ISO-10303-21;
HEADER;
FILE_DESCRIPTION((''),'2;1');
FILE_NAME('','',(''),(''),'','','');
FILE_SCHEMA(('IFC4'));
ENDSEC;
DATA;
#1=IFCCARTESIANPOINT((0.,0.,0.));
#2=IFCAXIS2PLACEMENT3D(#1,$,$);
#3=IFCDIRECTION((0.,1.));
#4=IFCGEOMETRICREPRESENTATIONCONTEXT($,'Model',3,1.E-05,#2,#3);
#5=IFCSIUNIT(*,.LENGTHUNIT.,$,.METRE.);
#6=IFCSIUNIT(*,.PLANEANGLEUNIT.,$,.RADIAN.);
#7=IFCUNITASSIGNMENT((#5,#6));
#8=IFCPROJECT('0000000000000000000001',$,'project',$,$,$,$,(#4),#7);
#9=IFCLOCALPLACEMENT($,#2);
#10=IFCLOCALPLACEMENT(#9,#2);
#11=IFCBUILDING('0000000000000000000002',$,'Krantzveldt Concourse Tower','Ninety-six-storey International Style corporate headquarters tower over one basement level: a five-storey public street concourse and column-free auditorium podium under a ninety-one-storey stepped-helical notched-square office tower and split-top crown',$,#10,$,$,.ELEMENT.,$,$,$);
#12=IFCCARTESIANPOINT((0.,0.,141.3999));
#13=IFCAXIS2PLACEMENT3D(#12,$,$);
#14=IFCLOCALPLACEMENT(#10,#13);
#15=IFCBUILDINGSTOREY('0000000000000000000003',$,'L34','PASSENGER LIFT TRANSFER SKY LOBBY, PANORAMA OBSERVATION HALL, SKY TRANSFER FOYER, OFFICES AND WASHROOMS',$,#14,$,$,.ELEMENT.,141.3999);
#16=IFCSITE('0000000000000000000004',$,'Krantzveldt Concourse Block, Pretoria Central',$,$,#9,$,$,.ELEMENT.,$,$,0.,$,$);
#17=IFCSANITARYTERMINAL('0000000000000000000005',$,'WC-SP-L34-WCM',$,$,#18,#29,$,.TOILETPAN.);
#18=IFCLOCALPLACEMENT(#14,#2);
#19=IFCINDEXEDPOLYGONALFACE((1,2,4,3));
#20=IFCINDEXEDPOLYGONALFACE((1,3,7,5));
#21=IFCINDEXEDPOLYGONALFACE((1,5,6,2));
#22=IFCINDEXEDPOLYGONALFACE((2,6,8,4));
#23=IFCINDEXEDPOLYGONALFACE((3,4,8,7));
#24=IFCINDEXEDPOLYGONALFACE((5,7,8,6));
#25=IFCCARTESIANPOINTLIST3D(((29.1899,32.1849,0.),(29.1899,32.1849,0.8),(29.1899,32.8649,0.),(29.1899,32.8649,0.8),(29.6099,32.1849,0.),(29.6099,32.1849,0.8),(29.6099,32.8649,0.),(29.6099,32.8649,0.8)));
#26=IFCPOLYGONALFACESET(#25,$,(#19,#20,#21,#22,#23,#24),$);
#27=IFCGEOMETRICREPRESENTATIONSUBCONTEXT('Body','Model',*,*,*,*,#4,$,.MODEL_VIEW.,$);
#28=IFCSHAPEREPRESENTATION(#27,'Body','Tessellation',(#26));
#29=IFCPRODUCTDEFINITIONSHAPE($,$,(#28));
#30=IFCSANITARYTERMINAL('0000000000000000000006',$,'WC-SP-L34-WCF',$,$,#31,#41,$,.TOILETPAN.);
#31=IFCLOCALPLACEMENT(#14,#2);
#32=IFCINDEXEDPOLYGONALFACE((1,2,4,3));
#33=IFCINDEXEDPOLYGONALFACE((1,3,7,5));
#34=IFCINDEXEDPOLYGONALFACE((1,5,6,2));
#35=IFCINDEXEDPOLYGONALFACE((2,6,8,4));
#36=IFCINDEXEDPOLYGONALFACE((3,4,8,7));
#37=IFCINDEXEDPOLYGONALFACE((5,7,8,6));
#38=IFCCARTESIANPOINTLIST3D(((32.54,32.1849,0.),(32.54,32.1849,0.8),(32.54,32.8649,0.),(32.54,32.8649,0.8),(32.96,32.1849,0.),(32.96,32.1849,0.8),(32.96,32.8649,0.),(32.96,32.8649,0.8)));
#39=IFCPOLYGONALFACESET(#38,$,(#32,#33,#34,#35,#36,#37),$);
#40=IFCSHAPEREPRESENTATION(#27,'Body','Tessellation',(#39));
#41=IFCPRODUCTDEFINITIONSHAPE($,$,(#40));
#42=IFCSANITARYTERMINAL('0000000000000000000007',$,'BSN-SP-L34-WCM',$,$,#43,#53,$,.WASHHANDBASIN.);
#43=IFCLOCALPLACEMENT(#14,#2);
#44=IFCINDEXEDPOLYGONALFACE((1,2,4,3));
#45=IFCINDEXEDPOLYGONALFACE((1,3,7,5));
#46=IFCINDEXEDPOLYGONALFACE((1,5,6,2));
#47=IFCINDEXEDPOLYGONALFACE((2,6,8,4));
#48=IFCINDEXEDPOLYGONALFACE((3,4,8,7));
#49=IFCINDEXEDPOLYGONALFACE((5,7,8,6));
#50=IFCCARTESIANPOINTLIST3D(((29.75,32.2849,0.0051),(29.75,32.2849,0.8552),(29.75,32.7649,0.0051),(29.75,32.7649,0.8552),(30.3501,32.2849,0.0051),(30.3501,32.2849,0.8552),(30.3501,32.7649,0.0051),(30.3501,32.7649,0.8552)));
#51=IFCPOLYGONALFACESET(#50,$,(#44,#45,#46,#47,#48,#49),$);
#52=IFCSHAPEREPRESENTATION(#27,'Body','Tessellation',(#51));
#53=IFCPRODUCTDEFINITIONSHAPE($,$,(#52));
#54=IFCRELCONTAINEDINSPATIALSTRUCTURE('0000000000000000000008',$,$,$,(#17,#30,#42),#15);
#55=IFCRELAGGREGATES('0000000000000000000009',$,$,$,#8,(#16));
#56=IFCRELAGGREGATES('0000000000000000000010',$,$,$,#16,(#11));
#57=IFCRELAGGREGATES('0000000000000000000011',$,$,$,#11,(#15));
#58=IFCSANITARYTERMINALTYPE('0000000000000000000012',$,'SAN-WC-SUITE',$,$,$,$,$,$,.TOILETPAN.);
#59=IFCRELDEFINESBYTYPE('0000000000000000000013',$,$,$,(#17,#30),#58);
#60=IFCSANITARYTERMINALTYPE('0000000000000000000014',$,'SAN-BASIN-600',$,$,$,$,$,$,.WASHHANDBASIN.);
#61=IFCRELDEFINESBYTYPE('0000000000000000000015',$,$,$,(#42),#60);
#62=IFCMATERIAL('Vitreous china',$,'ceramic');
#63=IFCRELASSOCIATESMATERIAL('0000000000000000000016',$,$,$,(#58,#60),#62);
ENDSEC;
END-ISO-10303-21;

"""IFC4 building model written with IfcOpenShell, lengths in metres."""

from ifc_helpers import new_model, si_unit, direction, frame, origin, origin_2d, place, context, subcontext, project, spatial, rectangle, extrude, source, transform, mapped, material, type_object, type_shapes, element, save


model = new_model("IFC4")

# Units and contexts
model_context = context("Model", 3, precision=1e-05, world=origin(), true_north=direction((0.0, 1.0)))
body_context = subcontext(model_context, "Body", "Model", "MODEL_VIEW")
ifc_project = project(units=[si_unit("LENGTHUNIT", "METRE"), si_unit("PLANEANGLEUNIT", "RADIAN")], contexts=[model_context])

# Site, building, storey
site_placement = place(None, origin())
site = spatial("IfcSite", under=ifc_project, at=site_placement, Name="Krantzveldt Concourse Block, Pretoria Central", CompositionType="ELEMENT", RefElevation=0.0)
building_placement = place(site_placement, origin())
building = spatial("IfcBuilding", under=site, at=building_placement, Name="Krantzveldt Concourse Tower", Description="Ninety-six-storey International Style corporate headquarters tower over one basement level: a five-storey public street concourse and column-free auditorium podium under a ninety-one-storey stepped-helical notched-square office tower and split-top crown", CompositionType="ELEMENT")
storey_placement = place(building_placement, frame((0.0, 0.0, 141.3999)))
storey = spatial("IfcBuildingStorey", under=building, at=storey_placement, Name="L34", Description="PASSENGER LIFT TRANSFER SKY LOBBY, PANORAMA OBSERVATION HALL, SKY TRANSFER FOYER, OFFICES AND WASHROOMS", CompositionType="ELEMENT", Elevation=141.3999)

# Sanitary terminals
ifc_material_1 = material(Name="Vitreous china", Category="ceramic")
sanitary_terminal_type_1 = type_object("IfcSanitaryTerminalType", Name="SAN-WC-SUITE", PredefinedType="TOILETPAN", material=ifc_material_1)
shared_shape_1 = source(origin(), body_context, "Body", "SweptSolid", [
    extrude(rectangle(XDim=0.4199, YDim=0.6799, at=origin_2d()), origin(), (0.0, 0.0, 1.0), 0.8),
])
type_shapes(sanitary_terminal_type_1, [shared_shape_1])
for number, where, z_axis, x_axis, name in (
    (1, (29.3999, 32.5249, 0.0), (0.0, 0.0, 1.0), (1.0, 0.0, 0.0), "WC-SP-L34-WCM"),
    (2, (32.75, 32.5249, 0.0), (0.0, 0.0, 1.0), (1.0, 0.0, 0.0), "WC-SP-L34-WCF"),
):
    element("IfcSanitaryTerminal", number, at=place(storey_placement, frame(where, z_axis=z_axis, x_axis=x_axis)), inside=storey, type_object=sanitary_terminal_type_1, Name=name, PredefinedType="TOILETPAN", context=body_context, shape_type="MappedRepresentation", body=[
        mapped(shared_shape_1, transform((0.0, 0.0, 0.0), x_axis=(1.0, 0.0, 0.0), y_axis=(0.0, 1.0, 0.0), z_axis=(0.0, 0.0, 1.0), scale=1.0)),
    ])
sanitary_terminal_type_2 = type_object("IfcSanitaryTerminalType", Name="SAN-BASIN-600", PredefinedType="WASHHANDBASIN", material=ifc_material_1)
shared_shape_2 = source(origin(), body_context, "Body", "SweptSolid", [
    extrude(rectangle(XDim=0.6001, YDim=0.48, at=origin_2d()), origin(), (0.0, 0.0, 1.0), 0.8501),
])
type_shapes(sanitary_terminal_type_2, [shared_shape_2])
sanitary_terminal_placement = place(storey_placement, frame((30.05, 32.5249, 0.0051), z_axis=(0.0, 0.0, 1.0), x_axis=(1.0, 0.0, 0.0)))
element("IfcSanitaryTerminal", 3, at=sanitary_terminal_placement, inside=storey, type_object=sanitary_terminal_type_2, Name="BSN-SP-L34-WCM", PredefinedType="WASHHANDBASIN", context=body_context, shape_type="MappedRepresentation", body=[
    mapped(shared_shape_2, transform((0.0, 0.0, 0.0), x_axis=(1.0, 0.0, 0.0), y_axis=(0.0, 1.0, 0.0), z_axis=(0.0, 0.0, 1.0), scale=1.0)),
])

save(model, "model.ifc")
